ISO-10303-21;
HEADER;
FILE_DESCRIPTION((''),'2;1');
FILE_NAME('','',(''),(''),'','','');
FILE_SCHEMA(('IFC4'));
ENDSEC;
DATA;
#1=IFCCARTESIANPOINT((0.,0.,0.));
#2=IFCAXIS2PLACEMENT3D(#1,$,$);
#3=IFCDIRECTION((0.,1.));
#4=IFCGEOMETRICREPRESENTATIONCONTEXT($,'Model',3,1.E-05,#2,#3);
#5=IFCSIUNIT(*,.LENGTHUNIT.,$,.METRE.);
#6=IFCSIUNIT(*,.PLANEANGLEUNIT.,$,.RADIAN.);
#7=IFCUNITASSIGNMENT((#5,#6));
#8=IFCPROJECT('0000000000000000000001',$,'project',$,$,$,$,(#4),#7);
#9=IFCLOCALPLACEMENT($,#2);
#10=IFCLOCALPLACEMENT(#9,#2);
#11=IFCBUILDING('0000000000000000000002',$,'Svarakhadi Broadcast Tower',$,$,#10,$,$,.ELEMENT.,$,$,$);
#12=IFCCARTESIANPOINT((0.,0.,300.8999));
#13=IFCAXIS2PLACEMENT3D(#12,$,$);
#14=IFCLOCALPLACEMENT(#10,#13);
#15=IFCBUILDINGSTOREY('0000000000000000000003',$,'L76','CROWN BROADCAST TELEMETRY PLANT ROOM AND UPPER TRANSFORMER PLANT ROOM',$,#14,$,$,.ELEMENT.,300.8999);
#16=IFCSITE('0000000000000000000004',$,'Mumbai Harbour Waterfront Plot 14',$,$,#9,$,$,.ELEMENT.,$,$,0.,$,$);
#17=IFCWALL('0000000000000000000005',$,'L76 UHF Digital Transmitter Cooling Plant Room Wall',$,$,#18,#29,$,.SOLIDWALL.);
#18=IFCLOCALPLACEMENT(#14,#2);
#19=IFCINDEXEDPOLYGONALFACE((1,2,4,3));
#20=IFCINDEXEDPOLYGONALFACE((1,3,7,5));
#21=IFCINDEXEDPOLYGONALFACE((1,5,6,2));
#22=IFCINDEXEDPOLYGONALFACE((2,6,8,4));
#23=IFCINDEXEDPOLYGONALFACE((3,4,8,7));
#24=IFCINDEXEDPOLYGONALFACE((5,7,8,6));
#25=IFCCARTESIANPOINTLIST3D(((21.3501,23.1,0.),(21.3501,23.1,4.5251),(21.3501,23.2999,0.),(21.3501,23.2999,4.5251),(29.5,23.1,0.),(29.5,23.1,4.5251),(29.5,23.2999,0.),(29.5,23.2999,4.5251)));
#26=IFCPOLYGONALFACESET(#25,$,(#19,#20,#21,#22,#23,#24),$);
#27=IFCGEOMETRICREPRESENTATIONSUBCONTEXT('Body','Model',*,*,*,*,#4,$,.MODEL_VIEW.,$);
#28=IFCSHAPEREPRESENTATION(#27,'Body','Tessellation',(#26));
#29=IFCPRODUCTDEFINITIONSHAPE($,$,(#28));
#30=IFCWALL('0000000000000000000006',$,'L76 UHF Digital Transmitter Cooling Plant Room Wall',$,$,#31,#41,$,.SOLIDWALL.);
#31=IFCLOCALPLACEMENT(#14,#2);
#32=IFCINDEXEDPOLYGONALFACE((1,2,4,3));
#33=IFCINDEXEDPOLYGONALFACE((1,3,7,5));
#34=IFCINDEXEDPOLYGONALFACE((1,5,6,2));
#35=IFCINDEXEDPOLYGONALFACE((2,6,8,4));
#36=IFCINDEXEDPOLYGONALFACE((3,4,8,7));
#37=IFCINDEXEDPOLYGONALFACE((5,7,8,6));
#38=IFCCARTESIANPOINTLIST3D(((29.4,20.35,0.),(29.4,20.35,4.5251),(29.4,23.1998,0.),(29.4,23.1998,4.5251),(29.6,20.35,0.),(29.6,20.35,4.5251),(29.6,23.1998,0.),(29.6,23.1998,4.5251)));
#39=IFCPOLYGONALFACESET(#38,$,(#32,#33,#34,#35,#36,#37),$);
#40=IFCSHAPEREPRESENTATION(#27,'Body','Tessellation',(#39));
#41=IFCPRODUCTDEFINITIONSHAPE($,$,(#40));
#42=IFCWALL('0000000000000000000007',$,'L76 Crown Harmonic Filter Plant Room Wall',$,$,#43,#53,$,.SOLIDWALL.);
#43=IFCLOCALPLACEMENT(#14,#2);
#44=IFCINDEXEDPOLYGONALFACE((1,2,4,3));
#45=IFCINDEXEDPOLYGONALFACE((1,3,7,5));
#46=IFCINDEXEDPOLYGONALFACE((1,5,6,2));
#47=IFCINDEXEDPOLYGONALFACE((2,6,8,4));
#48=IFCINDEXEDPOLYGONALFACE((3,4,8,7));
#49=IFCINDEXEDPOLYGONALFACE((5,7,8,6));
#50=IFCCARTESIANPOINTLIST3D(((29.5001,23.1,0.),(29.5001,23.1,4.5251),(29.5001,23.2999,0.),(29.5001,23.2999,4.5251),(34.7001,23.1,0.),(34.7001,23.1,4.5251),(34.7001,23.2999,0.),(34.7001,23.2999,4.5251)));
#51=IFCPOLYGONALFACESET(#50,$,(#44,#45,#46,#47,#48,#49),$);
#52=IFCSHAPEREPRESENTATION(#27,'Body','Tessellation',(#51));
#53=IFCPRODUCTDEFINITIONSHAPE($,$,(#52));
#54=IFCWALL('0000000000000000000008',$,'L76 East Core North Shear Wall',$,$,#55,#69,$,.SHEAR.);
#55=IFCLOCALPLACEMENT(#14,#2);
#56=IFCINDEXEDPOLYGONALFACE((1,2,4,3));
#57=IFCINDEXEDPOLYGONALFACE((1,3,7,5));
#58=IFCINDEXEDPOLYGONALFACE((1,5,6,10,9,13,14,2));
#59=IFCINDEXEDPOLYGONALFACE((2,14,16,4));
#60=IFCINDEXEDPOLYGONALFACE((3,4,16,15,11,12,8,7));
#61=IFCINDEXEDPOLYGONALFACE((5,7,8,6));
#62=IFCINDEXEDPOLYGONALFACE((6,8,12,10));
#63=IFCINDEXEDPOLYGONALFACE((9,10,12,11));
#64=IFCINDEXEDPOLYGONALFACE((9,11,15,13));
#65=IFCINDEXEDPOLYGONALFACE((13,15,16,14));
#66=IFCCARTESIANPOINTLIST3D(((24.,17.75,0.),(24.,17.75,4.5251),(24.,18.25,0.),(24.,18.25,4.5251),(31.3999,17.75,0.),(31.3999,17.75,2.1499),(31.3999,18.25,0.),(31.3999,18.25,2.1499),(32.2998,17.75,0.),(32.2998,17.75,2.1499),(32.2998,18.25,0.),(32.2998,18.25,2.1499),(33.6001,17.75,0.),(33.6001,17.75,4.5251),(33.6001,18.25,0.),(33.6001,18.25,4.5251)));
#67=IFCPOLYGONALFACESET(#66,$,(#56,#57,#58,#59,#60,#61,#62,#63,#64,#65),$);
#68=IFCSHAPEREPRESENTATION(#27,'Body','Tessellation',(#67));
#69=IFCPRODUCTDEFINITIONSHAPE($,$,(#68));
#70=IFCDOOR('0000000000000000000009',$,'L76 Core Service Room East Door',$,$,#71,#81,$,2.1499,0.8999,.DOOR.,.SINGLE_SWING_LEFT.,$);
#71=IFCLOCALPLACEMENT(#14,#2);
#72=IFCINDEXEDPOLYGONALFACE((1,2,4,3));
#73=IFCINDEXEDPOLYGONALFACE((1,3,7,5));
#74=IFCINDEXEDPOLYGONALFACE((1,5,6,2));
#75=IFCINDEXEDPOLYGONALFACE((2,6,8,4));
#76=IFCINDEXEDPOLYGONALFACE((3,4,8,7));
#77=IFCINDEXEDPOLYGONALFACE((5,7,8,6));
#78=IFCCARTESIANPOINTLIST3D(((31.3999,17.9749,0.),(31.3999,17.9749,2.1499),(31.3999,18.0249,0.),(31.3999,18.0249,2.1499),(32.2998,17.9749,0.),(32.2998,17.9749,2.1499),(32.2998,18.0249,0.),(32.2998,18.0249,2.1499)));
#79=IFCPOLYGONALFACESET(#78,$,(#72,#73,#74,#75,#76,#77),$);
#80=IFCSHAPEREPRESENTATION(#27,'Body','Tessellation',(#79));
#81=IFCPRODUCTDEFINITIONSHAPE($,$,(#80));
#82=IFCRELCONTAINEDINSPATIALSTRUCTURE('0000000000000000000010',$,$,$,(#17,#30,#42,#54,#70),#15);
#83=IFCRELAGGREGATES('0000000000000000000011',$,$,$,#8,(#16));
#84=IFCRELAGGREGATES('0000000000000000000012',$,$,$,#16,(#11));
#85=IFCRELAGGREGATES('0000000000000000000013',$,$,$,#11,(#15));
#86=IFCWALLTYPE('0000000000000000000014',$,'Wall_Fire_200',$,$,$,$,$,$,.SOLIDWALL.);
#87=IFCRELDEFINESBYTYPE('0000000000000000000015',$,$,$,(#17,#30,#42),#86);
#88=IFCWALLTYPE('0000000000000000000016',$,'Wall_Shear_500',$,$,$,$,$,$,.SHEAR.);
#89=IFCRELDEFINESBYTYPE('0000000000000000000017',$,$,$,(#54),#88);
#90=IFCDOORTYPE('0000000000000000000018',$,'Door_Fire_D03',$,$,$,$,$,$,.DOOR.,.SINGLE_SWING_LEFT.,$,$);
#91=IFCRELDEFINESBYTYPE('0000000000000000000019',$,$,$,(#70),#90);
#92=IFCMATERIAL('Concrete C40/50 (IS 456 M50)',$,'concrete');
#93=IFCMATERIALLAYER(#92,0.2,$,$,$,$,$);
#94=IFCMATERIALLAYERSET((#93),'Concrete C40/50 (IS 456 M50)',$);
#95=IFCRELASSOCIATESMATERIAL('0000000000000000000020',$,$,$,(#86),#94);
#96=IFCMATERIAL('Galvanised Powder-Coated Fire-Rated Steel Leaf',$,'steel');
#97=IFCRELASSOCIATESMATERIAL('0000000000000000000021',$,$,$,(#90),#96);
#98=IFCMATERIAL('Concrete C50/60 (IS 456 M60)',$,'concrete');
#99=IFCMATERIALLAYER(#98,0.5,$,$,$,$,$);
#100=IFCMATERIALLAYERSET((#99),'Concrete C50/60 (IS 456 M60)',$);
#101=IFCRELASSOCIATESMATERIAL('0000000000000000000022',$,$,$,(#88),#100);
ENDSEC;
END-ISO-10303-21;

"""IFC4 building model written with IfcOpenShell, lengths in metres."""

from ifc_helpers import new_model, si_unit, direction, frame, frame_2d, origin, place, context, subcontext, project, spatial, rectangle, extrude, material, layer, layer_set, type_object, element, fill, save


model = new_model("IFC4")

# Units and contexts
model_context = context("Model", 3, precision=1e-05, world=origin(), true_north=direction((0.0, 1.0)))
body_context = subcontext(model_context, "Body", "Model", "MODEL_VIEW")
ifc_project = project(units=[si_unit("LENGTHUNIT", "METRE"), si_unit("PLANEANGLEUNIT", "RADIAN")], contexts=[model_context])

# Site, building, storey
site_placement = place(None, origin())
site = spatial("IfcSite", under=ifc_project, at=site_placement, Name="Mumbai Harbour Waterfront Plot 14", CompositionType="ELEMENT", RefElevation=0.0)
building_placement = place(site_placement, origin())
building = spatial("IfcBuilding", under=site, at=building_placement, Name="Svarakhadi Broadcast Tower", CompositionType="ELEMENT")
storey_placement = place(building_placement, frame((0.0, 0.0, 300.8999)))
storey = spatial("IfcBuildingStorey", under=building, at=storey_placement, Name="L76", Description="CROWN BROADCAST TELEMETRY PLANT ROOM AND UPPER TRANSFORMER PLANT ROOM", CompositionType="ELEMENT", Elevation=300.8999)

# Shared definitions
ifc_material_1 = material(Name="Concrete C50/60 (IS 456 M60)", Category="concrete")

# Shared definitions
ifc_material_2 = material(Name="Concrete C40/50 (IS 456 M50)", Category="concrete")

# Shared definitions
ifc_layer_1 = layer(ifc_material_2, 0.2)
ifc_layer_set_1 = layer_set([ifc_layer_1], Name="Concrete C40/50 (IS 456 M50)")
wall_type_1 = type_object("IfcWallType", Name="Wall_Fire_200", PredefinedType="SOLIDWALL", material=ifc_layer_set_1)
ifc_material_3 = material(Name="Galvanised Powder-Coated Fire-Rated Steel Leaf", Category="steel")
door_type_1 = type_object("IfcDoorType", Name="Door_Fire_D03", OperationType="SINGLE_SWING_LEFT", PredefinedType="DOOR", material=ifc_material_3)

# Walls
wall_1_placement = place(storey_placement, frame((21.3501, 23.2, 0.0), z_axis=(0.0, 0.0, 1.0), x_axis=(1.0, 0.0, 0.0)))
element("IfcWall", 1, at=wall_1_placement, inside=storey, type_object=wall_type_1, Name="L76 UHF Digital Transmitter Cooling Plant Room Wall", PredefinedType="SOLIDWALL", context=body_context, shape_type="SweptSolid", body=[
    extrude(rectangle(XDim=8.1499, YDim=0.2, at=frame_2d((4.075, 0.0))), origin(), (0.0, 0.0, 1.0), 4.5251),
])
wall_2_placement = place(storey_placement, frame((29.5, 20.3501, 0.0), z_axis=(0.0, 0.0, 1.0), x_axis=(0.0, 1.0, 0.0)))
element("IfcWall", 2, at=wall_2_placement, inside=storey, type_object=wall_type_1, Name="L76 UHF Digital Transmitter Cooling Plant Room Wall", PredefinedType="SOLIDWALL", context=body_context, shape_type="SweptSolid", body=[
    extrude(rectangle(XDim=2.8499, YDim=0.2, at=frame_2d((1.4248, 0.0))), origin(), (0.0, 0.0, 1.0), 4.5251),
])
wall_3_placement = place(storey_placement, frame((29.5, 23.2, 0.0), z_axis=(0.0, 0.0, 1.0), x_axis=(1.0, 0.0, 0.0)))
element("IfcWall", 3, at=wall_3_placement, inside=storey, type_object=wall_type_1, Name="L76 Crown Harmonic Filter Plant Room Wall", PredefinedType="SOLIDWALL", context=body_context, shape_type="SweptSolid", body=[
    extrude(rectangle(XDim=5.2, YDim=0.2, at=frame_2d((2.6001, 0.0))), origin(), (0.0, 0.0, 1.0), 4.5251),
])

# Wall, opening, door
ifc_layer_2 = layer(ifc_material_1, 0.5)
ifc_layer_set_2 = layer_set([ifc_layer_2], Name="Concrete C50/60 (IS 456 M60)")
wall_type_2 = type_object("IfcWallType", Name="Wall_Shear_500", PredefinedType="SHEAR", material=ifc_layer_set_2)
wall_4_placement = place(storey_placement, frame((24.0, 18.0, 0.0), z_axis=(0.0, 0.0, 1.0), x_axis=(1.0, 0.0, 0.0)))
wall_4 = element("IfcWall", 4, at=wall_4_placement, inside=storey, type_object=wall_type_2, Name="L76 East Core North Shear Wall", PredefinedType="SHEAR", context=body_context, shape_type="SweptSolid", body=[
    extrude(rectangle(XDim=9.6001, YDim=0.5, at=frame_2d((4.8, 0.0))), origin(), (0.0, 0.0, 1.0), 4.5251),
])
opening_1_placement = place(wall_4_placement, frame((7.3999, 0.0, 0.0)))
opening_1 = element("IfcOpeningElement", 5, at=opening_1_placement, cuts=wall_4, PredefinedType="OPENING", context=body_context, shape_type="SweptSolid", body=[
    extrude(rectangle(XDim=0.8999, YDim=2.1499, at=frame_2d((0.45, 1.075))), frame((0.0, 0.26, 0.0), z_axis=(0.0, -1.0, 0.0), x_axis=(1.0, 0.0, 0.0)), (0.0, 0.0, 1.0), 0.52),
])
door_1_placement = place(opening_1_placement, origin())
door_1 = element("IfcDoor", 6, at=door_1_placement, inside=storey, type_object=door_type_1, Name="L76 Core Service Room East Door", OperationType="SINGLE_SWING_LEFT", OverallHeight=2.1499, OverallWidth=0.8999, PredefinedType="DOOR", context=body_context, shape_type="SweptSolid", body=[
    extrude(rectangle(XDim=0.8999, YDim=2.1499, at=frame_2d((0.45, 1.075))), frame((0.0, 0.0249, 0.0), z_axis=(0.0, -1.0, 0.0), x_axis=(1.0, 0.0, 0.0)), (0.0, 0.0, 1.0), 0.05),
])
fill(opening_1, door_1)

save(model, "model.ifc")
